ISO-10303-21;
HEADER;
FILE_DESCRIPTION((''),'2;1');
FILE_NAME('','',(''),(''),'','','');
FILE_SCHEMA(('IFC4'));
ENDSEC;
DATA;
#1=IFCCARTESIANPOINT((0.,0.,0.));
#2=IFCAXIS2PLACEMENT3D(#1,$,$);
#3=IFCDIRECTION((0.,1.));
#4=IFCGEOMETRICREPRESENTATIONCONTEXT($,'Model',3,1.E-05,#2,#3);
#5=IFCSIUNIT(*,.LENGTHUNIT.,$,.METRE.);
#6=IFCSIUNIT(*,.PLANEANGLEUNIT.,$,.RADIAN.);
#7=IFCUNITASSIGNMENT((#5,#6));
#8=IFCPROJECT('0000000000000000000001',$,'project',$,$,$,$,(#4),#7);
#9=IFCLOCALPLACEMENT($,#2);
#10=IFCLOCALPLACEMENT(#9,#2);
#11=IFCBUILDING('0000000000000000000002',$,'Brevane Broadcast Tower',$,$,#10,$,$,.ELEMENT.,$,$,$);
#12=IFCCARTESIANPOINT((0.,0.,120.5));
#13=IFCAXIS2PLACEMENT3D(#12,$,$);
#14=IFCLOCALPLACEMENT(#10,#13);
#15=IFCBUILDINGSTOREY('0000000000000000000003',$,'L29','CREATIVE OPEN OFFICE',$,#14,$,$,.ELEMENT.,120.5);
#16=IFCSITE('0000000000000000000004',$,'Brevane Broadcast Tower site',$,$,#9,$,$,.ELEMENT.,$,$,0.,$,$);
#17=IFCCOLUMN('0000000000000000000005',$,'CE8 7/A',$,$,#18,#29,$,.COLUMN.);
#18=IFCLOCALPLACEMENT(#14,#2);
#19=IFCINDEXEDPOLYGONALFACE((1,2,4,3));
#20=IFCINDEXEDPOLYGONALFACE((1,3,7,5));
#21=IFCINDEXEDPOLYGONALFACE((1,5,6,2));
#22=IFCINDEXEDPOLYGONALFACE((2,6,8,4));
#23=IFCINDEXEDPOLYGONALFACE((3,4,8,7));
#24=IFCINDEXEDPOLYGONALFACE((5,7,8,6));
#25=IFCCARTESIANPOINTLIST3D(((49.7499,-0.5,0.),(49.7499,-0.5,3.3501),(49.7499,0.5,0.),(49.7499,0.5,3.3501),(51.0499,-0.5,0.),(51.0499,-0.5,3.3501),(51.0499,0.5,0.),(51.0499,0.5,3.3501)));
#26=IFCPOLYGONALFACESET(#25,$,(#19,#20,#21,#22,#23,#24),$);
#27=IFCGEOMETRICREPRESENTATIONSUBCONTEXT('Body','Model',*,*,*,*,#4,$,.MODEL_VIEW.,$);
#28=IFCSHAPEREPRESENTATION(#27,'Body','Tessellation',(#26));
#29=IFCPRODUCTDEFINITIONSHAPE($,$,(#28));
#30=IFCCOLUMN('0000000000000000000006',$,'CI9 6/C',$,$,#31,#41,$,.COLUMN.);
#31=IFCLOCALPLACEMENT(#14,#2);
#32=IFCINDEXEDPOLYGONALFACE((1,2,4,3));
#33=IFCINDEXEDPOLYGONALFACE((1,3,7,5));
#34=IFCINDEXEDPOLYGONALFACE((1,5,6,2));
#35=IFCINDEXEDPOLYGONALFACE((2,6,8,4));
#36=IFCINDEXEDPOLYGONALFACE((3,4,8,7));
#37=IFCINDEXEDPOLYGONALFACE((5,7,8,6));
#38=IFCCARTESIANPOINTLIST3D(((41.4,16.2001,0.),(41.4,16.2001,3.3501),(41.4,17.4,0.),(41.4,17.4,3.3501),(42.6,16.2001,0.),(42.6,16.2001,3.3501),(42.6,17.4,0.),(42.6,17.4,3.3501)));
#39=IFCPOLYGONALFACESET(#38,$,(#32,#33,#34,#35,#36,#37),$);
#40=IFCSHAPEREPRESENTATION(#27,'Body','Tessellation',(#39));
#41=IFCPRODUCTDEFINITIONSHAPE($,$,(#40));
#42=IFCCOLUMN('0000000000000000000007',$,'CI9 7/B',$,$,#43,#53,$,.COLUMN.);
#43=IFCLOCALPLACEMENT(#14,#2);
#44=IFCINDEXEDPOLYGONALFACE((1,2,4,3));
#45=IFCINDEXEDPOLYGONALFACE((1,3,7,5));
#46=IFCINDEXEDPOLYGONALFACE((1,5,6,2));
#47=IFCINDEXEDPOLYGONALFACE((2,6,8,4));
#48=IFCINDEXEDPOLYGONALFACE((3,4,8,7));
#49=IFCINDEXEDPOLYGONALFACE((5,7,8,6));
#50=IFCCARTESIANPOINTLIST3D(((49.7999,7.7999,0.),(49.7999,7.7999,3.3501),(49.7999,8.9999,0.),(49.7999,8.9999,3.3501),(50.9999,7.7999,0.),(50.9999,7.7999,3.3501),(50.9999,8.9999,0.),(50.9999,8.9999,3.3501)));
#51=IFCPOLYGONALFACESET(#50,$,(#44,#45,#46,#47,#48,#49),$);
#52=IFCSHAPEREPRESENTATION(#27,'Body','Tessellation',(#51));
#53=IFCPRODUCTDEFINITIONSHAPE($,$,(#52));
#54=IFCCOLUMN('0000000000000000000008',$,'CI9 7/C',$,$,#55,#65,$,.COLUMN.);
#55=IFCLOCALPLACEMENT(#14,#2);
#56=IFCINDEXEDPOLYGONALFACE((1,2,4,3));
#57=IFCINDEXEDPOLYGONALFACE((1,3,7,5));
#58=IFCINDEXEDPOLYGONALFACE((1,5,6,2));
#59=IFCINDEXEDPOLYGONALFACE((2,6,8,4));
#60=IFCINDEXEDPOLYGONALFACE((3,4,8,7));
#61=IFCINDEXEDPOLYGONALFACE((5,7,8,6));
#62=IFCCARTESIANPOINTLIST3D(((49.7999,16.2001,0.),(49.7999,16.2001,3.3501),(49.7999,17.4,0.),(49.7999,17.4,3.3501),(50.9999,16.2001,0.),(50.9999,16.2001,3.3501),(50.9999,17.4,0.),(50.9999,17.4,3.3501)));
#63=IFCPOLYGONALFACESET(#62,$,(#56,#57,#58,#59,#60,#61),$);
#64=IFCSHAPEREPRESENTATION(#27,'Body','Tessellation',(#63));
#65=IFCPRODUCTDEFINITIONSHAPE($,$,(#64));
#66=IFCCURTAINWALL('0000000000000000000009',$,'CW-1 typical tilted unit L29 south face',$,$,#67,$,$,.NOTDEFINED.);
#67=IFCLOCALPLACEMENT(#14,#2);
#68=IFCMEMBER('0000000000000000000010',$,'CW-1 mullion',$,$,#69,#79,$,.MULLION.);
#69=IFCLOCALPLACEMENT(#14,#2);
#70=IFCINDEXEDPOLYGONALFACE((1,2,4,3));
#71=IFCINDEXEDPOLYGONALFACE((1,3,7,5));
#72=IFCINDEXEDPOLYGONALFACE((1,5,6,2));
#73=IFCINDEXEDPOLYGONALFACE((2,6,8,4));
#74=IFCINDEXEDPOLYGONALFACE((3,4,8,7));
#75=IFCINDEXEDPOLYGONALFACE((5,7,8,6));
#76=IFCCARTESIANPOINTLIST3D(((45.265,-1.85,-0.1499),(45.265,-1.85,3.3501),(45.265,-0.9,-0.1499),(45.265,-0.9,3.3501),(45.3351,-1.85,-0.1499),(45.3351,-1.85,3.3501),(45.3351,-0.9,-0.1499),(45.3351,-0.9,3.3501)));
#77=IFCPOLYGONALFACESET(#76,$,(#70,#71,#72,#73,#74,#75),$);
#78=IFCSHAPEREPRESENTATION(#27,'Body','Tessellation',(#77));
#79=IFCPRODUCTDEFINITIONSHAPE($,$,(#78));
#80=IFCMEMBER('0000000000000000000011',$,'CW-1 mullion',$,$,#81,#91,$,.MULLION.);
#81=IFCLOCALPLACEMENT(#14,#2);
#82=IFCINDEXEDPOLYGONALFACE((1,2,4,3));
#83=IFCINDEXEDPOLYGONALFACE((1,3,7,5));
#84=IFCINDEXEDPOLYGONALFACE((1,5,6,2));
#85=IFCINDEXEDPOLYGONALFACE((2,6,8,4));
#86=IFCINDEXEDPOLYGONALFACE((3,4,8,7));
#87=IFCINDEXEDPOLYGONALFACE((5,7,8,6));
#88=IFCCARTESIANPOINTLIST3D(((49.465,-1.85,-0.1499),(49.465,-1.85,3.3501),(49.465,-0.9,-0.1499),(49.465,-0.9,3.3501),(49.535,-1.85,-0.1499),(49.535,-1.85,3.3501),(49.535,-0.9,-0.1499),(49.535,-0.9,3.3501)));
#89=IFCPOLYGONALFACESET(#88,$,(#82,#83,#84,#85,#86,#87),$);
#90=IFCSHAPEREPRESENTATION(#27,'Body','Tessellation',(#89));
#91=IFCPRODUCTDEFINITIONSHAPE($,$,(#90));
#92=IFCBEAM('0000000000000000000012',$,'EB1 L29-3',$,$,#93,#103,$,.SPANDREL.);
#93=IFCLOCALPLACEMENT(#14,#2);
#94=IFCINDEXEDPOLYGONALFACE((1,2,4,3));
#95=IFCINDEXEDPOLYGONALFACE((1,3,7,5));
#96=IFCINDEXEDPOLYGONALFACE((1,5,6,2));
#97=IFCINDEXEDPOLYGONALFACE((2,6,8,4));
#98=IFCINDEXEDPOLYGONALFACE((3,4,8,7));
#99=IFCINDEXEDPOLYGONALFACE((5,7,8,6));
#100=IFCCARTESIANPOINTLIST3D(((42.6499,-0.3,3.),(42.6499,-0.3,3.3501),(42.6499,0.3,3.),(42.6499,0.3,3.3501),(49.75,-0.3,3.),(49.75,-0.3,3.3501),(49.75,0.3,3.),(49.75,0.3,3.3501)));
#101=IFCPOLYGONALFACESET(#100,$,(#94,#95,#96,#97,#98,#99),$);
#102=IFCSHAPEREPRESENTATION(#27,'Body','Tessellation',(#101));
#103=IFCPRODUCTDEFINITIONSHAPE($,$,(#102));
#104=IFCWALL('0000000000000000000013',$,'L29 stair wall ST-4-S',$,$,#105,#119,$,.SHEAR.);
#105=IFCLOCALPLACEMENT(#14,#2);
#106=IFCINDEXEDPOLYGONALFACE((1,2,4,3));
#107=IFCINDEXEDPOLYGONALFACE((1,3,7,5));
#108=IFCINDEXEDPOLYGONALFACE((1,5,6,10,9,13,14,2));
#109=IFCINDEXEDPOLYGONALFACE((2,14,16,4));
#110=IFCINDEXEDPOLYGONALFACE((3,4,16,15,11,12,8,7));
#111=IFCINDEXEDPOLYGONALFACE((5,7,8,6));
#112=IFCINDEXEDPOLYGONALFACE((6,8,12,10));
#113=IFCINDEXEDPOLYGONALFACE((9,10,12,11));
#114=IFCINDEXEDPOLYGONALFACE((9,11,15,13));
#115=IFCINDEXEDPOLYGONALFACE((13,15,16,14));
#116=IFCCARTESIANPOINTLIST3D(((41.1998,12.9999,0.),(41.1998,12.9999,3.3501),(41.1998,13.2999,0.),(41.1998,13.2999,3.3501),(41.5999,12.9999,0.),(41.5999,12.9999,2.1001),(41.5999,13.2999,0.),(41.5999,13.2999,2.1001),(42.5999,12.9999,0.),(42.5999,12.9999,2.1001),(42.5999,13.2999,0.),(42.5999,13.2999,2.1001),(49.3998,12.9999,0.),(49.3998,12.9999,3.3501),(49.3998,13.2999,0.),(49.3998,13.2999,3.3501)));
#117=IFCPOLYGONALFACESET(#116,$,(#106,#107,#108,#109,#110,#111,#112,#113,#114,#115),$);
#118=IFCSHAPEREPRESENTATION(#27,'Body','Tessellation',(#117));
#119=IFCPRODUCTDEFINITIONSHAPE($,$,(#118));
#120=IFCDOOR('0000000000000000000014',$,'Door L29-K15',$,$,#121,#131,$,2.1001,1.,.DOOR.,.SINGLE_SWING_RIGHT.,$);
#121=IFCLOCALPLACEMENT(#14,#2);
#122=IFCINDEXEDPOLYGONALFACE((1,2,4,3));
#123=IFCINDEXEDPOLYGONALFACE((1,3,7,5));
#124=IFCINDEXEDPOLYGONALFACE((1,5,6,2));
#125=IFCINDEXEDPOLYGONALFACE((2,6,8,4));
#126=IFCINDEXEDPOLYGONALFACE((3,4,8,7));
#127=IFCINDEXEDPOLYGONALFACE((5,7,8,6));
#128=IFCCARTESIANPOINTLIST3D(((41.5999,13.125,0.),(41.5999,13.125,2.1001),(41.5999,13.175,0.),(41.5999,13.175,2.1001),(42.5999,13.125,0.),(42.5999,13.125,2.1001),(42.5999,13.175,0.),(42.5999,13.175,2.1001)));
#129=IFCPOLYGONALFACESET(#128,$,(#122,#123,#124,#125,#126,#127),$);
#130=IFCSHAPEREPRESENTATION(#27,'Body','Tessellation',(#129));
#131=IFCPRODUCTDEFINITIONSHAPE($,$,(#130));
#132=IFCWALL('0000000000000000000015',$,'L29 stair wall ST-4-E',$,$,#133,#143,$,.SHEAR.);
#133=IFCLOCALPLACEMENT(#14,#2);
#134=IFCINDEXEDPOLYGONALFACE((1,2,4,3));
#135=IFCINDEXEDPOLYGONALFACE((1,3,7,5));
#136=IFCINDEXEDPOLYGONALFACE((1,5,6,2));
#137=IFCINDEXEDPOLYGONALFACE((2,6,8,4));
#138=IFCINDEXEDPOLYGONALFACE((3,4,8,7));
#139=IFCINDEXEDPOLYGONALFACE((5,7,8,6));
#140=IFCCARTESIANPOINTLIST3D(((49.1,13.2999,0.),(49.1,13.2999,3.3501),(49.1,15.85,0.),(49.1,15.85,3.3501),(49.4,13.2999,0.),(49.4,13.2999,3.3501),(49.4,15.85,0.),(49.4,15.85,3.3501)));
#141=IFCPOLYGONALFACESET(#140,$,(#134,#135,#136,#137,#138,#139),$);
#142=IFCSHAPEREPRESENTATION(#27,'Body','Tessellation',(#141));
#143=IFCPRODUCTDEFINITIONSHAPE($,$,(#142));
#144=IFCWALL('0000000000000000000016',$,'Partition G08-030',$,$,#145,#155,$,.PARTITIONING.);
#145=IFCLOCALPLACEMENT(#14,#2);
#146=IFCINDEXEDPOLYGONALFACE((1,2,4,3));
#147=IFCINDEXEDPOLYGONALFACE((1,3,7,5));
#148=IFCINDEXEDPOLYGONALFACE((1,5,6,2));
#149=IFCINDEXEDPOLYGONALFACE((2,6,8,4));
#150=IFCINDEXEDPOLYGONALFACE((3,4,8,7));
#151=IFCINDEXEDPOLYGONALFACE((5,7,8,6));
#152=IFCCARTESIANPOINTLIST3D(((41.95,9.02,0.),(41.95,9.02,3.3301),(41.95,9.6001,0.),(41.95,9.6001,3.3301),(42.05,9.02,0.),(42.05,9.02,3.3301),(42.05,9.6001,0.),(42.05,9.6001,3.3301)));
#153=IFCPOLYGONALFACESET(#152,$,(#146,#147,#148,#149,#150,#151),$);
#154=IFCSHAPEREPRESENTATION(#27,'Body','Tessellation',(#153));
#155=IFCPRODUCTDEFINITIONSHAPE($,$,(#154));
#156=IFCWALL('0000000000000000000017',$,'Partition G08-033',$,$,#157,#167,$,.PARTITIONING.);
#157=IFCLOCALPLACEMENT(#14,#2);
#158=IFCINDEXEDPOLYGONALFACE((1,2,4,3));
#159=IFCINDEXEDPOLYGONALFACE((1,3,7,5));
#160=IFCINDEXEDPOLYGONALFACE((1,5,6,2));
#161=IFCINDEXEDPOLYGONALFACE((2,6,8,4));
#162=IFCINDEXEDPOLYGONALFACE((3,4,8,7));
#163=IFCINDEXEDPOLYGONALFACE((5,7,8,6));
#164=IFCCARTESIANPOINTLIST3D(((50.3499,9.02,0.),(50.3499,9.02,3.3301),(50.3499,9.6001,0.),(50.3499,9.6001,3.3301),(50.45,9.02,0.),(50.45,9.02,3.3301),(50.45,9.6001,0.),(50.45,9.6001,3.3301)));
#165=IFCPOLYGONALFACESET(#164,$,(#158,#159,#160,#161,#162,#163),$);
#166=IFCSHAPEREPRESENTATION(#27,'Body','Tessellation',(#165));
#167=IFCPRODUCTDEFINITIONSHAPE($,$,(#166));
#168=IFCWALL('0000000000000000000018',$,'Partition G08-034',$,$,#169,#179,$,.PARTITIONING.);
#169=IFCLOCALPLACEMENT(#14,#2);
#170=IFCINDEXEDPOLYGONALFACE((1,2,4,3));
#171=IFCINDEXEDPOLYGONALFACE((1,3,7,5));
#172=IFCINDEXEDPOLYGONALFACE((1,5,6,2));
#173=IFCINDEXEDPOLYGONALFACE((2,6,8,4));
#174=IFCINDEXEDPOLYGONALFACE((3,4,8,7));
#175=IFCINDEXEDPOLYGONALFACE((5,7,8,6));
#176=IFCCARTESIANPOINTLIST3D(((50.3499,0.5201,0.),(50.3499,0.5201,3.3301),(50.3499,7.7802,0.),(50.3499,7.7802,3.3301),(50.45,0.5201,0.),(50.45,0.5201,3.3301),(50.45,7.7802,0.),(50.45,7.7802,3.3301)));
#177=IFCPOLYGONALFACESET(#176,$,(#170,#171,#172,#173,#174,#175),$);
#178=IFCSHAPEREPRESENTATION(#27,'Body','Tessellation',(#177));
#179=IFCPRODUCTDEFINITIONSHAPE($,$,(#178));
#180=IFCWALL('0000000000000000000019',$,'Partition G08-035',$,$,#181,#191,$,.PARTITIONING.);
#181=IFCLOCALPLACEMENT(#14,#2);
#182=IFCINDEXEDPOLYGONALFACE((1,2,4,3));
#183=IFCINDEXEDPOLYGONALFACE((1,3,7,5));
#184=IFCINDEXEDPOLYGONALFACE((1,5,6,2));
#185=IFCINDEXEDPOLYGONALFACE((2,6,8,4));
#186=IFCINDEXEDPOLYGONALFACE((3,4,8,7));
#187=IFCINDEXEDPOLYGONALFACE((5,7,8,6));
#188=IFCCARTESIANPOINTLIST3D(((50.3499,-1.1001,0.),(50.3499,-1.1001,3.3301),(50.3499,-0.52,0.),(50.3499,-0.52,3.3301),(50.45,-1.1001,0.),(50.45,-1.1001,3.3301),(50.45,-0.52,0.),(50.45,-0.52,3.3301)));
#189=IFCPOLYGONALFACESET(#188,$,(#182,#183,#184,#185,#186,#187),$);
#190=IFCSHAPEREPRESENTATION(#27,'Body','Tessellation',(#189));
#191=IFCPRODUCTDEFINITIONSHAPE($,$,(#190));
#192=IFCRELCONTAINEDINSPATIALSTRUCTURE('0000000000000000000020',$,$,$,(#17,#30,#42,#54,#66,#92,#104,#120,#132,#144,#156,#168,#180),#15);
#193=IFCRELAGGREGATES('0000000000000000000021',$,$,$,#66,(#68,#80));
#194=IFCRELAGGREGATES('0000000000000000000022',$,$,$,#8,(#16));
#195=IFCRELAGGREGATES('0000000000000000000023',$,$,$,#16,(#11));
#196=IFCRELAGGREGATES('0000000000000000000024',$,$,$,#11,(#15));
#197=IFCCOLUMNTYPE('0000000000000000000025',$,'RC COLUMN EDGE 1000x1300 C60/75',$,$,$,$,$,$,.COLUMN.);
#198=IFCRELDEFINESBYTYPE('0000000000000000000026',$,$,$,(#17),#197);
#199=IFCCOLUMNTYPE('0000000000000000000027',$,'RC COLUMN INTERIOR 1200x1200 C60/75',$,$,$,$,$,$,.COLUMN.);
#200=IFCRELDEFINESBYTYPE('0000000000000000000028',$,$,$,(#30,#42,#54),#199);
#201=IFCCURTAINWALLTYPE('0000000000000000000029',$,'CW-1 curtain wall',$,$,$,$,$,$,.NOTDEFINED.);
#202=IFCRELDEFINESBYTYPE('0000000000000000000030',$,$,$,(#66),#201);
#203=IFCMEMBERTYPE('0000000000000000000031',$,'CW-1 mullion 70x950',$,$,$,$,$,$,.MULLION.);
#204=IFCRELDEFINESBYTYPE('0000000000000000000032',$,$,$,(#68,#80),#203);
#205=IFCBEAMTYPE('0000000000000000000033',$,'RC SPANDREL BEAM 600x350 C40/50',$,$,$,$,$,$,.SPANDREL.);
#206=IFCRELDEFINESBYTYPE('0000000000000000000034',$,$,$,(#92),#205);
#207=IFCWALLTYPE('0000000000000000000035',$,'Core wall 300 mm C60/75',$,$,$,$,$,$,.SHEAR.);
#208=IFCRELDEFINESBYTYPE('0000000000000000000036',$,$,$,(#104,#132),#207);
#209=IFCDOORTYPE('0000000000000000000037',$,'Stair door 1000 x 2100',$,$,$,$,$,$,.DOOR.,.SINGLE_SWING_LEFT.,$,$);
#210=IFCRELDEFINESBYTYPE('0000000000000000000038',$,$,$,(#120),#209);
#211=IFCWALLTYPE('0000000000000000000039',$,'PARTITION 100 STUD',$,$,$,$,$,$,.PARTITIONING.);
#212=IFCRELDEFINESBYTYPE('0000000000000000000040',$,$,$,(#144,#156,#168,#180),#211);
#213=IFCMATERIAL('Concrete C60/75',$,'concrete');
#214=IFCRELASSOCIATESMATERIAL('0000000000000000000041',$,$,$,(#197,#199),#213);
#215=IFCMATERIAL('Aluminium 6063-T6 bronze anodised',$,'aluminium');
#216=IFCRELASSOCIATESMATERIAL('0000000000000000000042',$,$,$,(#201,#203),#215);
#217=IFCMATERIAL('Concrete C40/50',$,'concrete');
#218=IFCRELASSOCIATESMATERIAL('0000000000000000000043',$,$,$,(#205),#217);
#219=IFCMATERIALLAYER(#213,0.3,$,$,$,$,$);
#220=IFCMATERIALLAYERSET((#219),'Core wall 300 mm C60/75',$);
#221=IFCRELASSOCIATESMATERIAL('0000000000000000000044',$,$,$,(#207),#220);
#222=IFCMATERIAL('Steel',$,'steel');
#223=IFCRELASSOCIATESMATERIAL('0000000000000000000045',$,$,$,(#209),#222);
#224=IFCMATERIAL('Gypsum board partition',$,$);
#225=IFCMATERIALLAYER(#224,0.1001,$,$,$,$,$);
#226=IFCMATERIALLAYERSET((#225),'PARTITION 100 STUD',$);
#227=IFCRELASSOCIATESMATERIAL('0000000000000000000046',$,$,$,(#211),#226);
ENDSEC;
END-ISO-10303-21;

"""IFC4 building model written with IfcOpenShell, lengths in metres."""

from ifc_helpers import new_model, si_unit, direction, frame, frame_2d, origin, origin_2d, place, context, subcontext, project, spatial, rectangle, extrude, material, layer, layer_set, material_profile, profile_set, type_object, element, fill, aggregate, save


model = new_model("IFC4")

# Units and contexts
model_context = context("Model", 3, precision=1e-05, world=origin(), true_north=direction((0.0, 1.0)))
body_context = subcontext(model_context, "Body", "Model", "MODEL_VIEW")
ifc_project = project(units=[si_unit("LENGTHUNIT", "METRE"), si_unit("PLANEANGLEUNIT", "RADIAN")], contexts=[model_context])

# Site, building, storey
site_placement = place(None, origin())
site = spatial("IfcSite", under=ifc_project, at=site_placement, Name="Brevane Broadcast Tower site", CompositionType="ELEMENT", RefElevation=0.0)
building_placement = place(site_placement, origin())
building = spatial("IfcBuilding", under=site, at=building_placement, Name="Brevane Broadcast Tower", CompositionType="ELEMENT")
storey_placement = place(building_placement, frame((0.0, 0.0, 120.5)))
storey = spatial("IfcBuildingStorey", under=building, at=storey_placement, Name="L29", Description="CREATIVE OPEN OFFICE", CompositionType="ELEMENT", Elevation=120.5)

# Columns
ifc_material_1 = material(Name="Concrete C60/75", Category="concrete")
ifc_material_profile_1 = material_profile(ifc_material_1, rectangle(XDim=1.0, YDim=1.3, at=origin_2d()), Name="RC 1000x1300")
ifc_profile_set_1 = profile_set([ifc_material_profile_1], Name="Concrete C60/75")
column_type_1 = type_object("IfcColumnType", Name="RC COLUMN EDGE 1000x1300 C60/75", PredefinedType="COLUMN", material=ifc_profile_set_1)
column_placement = place(storey_placement, frame((50.3999, 0.0, 0.0), z_axis=(0.0, 0.0, 1.0), x_axis=(0.0, 1.0, 0.0)))
element("IfcColumn", 1, at=column_placement, inside=storey, type_object=column_type_1, Name="CE8 7/A", PredefinedType="COLUMN", context=body_context, shape_type="SweptSolid", body=[
    extrude(rectangle(XDim=1.0, YDim=1.3, at=origin_2d()), origin(), (0.0, 0.0, 1.0), 3.3501),
])
ifc_material_profile_2 = material_profile(ifc_material_1, rectangle(XDim=1.2, YDim=1.2, at=origin_2d()), Name="RC 1200x1200")
ifc_profile_set_2 = profile_set([ifc_material_profile_2], Name="Concrete C60/75")
column_type_2 = type_object("IfcColumnType", Name="RC COLUMN INTERIOR 1200x1200 C60/75", PredefinedType="COLUMN", material=ifc_profile_set_2)
for number, where, z_axis, x_axis, name in (
    (2, (42.0, 16.8, 0.0), (0.0, 0.0, 1.0), (1.0, 0.0, 0.0), "CI9 6/C"),
    (3, (50.3999, 8.3999, 0.0), (0.0, 0.0, 1.0), (1.0, 0.0, 0.0), "CI9 7/B"),
    (4, (50.3999, 16.8, 0.0), (0.0, 0.0, 1.0), (1.0, 0.0, 0.0), "CI9 7/C"),
):
    element("IfcColumn", number, at=place(storey_placement, frame(where, z_axis=z_axis, x_axis=x_axis)), inside=storey, type_object=column_type_2, Name=name, PredefinedType="COLUMN", context=body_context, shape_type="SweptSolid", body=[
        extrude(rectangle(XDim=1.2, YDim=1.2, at=origin_2d()), origin(), (0.0, 0.0, 1.0), 3.3501),
    ])

# Curtain wall, members
ifc_material_2 = material(Name="Aluminium 6063-T6 bronze anodised", Category="aluminium")
curtain_wall_type = type_object("IfcCurtainWallType", Name="CW-1 curtain wall", PredefinedType="NOTDEFINED", material=ifc_material_2)
curtain_wall_placement = place(storey_placement, origin())
curtain_wall = element("IfcCurtainWall", 5, at=curtain_wall_placement, inside=storey, type_object=curtain_wall_type, Name="CW-1 typical tilted unit L29 south face", PredefinedType="NOTDEFINED")
ifc_material_profile_3 = material_profile(ifc_material_2, rectangle(XDim=0.95, YDim=0.0701, at=origin_2d()), Name="RECT 70x950")
ifc_profile_set_3 = profile_set([ifc_material_profile_3], Name="Aluminium 6063-T6 bronze anodised")
member_type = type_object("IfcMemberType", Name="CW-1 mullion 70x950", PredefinedType="MULLION", material=ifc_profile_set_3)
member_1_placement = place(storey_placement, frame((45.3, -1.375, -0.1499), z_axis=(0.0, 0.0, 1.0), x_axis=(0.0, 1.0, 0.0)))
member_1 = element("IfcMember", 6, at=member_1_placement, type_object=member_type, Name="CW-1 mullion", PredefinedType="MULLION", context=body_context, shape_type="SweptSolid", body=[
    extrude(rectangle(XDim=0.95, YDim=0.0701, at=origin_2d()), origin(), (0.0, 0.0, 1.0), 3.5),
])
member_2_placement = place(storey_placement, frame((49.5, -1.375, -0.1499), z_axis=(0.0, 0.0, 1.0), x_axis=(0.0, 1.0, 0.0)))
member_2 = element("IfcMember", 7, at=member_2_placement, type_object=member_type, Name="CW-1 mullion", PredefinedType="MULLION", context=body_context, shape_type="SweptSolid", body=[
    extrude(rectangle(XDim=0.95, YDim=0.0701, at=origin_2d()), origin(), (0.0, 0.0, 1.0), 3.5),
])
aggregate(curtain_wall, [member_1, member_2])

# Beam
ifc_material_3 = material(Name="Concrete C40/50", Category="concrete")
ifc_material_profile_4 = material_profile(ifc_material_3, rectangle(XDim=0.6001, YDim=0.3501, at=origin_2d()), Name="RC 600x350")
ifc_profile_set_4 = profile_set([ifc_material_profile_4], Name="Concrete C40/50")
beam_type = type_object("IfcBeamType", Name="RC SPANDREL BEAM 600x350 C40/50", PredefinedType="SPANDREL", material=ifc_profile_set_4)
beam_placement = place(storey_placement, frame((42.6499, 0.0, 3.175), z_axis=(1.0, 0.0, 0.0), x_axis=(0.0, 1.0, 0.0)))
element("IfcBeam", 8, at=beam_placement, inside=storey, type_object=beam_type, Name="EB1 L29-3", PredefinedType="SPANDREL", context=body_context, shape_type="SweptSolid", body=[
    extrude(rectangle(XDim=0.6001, YDim=0.3501, at=origin_2d()), origin(), (0.0, 0.0, 1.0), 7.1001),
])

# Wall, opening, door
ifc_layer_1 = layer(ifc_material_1, 0.3)
ifc_layer_set_1 = layer_set([ifc_layer_1], Name="Core wall 300 mm C60/75")
wall_type_1 = type_object("IfcWallType", Name="Core wall 300 mm C60/75", PredefinedType="SHEAR", material=ifc_layer_set_1)
wall_1_placement = place(storey_placement, frame((49.3999, 13.1499, 0.0), z_axis=(0.0, 0.0, 1.0), x_axis=(-1.0, 0.0, 0.0)))
wall_1 = element("IfcWall", 9, at=wall_1_placement, inside=storey, type_object=wall_type_1, Name="L29 stair wall ST-4-S", PredefinedType="SHEAR", context=body_context, shape_type="SweptSolid", body=[
    extrude(rectangle(XDim=8.2, YDim=0.3, at=frame_2d((4.1001, 0.0))), origin(), (0.0, 0.0, 1.0), 3.3501),
])
opening_1_placement = place(wall_1_placement, frame((6.8, 0.0, 0.0)))
opening_1 = element("IfcOpeningElement", 10, at=opening_1_placement, cuts=wall_1, PredefinedType="OPENING", context=body_context, shape_type="SweptSolid", body=[
    extrude(rectangle(XDim=1.0, YDim=2.1001, at=frame_2d((0.5, 1.05))), frame((0.0, 0.1599, 0.0), z_axis=(0.0, -1.0, 0.0), x_axis=(1.0, 0.0, 0.0)), (0.0, 0.0, 1.0), 0.3201),
])
ifc_material_4 = material(Name="Steel", Category="steel")
door_type_1 = type_object("IfcDoorType", Name="Stair door 1000 x 2100", OperationType="SINGLE_SWING_LEFT", PredefinedType="DOOR", material=ifc_material_4)
door_1_placement = place(opening_1_placement, origin())
door_1 = element("IfcDoor", 11, at=door_1_placement, inside=storey, type_object=door_type_1, Name="Door L29-K15", OperationType="SINGLE_SWING_RIGHT", OverallHeight=2.1001, OverallWidth=1.0, PredefinedType="DOOR", context=body_context, shape_type="SweptSolid", body=[
    extrude(rectangle(XDim=1.0, YDim=2.1001, at=frame_2d((0.5, 1.05))), frame((0.0, 0.0249, 0.0), z_axis=(0.0, -1.0, 0.0), x_axis=(1.0, 0.0, 0.0)), (0.0, 0.0, 1.0), 0.05),
])
fill(opening_1, door_1)

# Walls
wall_2_placement = place(storey_placement, frame((49.25, 13.3, 0.0), z_axis=(0.0, 0.0, 1.0), x_axis=(0.0, 1.0, 0.0)))
element("IfcWall", 12, at=wall_2_placement, inside=storey, type_object=wall_type_1, Name="L29 stair wall ST-4-E", PredefinedType="SHEAR", context=body_context, shape_type="SweptSolid", body=[
    extrude(rectangle(XDim=2.55, YDim=0.3, at=frame_2d((1.2749, 0.0))), origin(), (0.0, 0.0, 1.0), 3.3501),
])
ifc_material_5 = material(Name="Gypsum board partition")
ifc_layer_2 = layer(ifc_material_5, 0.1001)
ifc_layer_set_2 = layer_set([ifc_layer_2], Name="PARTITION 100 STUD")
wall_type_2 = type_object("IfcWallType", Name="PARTITION 100 STUD", PredefinedType="PARTITIONING", material=ifc_layer_set_2)
for number, where, z_axis, x_axis, name in (
    (13, (42.0, 9.6001, 0.0), (0.0, 0.0, 1.0), (0.0, -1.0, 0.0), "Partition G08-030"),
    (14, (50.3999, 9.6001, 0.0), (0.0, 0.0, 1.0), (0.0, -1.0, 0.0), "Partition G08-033"),
):
    element("IfcWall", number, at=place(storey_placement, frame(where, z_axis=z_axis, x_axis=x_axis)), inside=storey, type_object=wall_type_2, Name=name, PredefinedType="PARTITIONING", context=body_context, shape_type="SweptSolid", body=[
        extrude(rectangle(XDim=0.5801, YDim=0.1001, at=frame_2d((0.29, 0.0))), origin(), (0.0, 0.0, 1.0), 3.3301),
    ])
wall_3_placement = place(storey_placement, frame((50.3999, 7.78, 0.0), z_axis=(0.0, 0.0, 1.0), x_axis=(0.0, -1.0, 0.0)))
element("IfcWall", 15, at=wall_3_placement, inside=storey, type_object=wall_type_2, Name="Partition G08-034", PredefinedType="PARTITIONING", context=body_context, shape_type="SweptSolid", body=[
    extrude(rectangle(XDim=7.26, YDim=0.1001, at=frame_2d((3.6299, 0.0))), origin(), (0.0, 0.0, 1.0), 3.3301),
])
wall_4_placement = place(storey_placement, frame((50.3999, -0.52, 0.0), z_axis=(0.0, 0.0, 1.0), x_axis=(0.0, -1.0, 0.0)))
element("IfcWall", 16, at=wall_4_placement, inside=storey, type_object=wall_type_2, Name="Partition G08-035", PredefinedType="PARTITIONING", context=body_context, shape_type="SweptSolid", body=[
    extrude(rectangle(XDim=0.5801, YDim=0.1001, at=frame_2d((0.29, 0.0))), origin(), (0.0, 0.0, 1.0), 3.3301),
])

save(model, "model.ifc")
